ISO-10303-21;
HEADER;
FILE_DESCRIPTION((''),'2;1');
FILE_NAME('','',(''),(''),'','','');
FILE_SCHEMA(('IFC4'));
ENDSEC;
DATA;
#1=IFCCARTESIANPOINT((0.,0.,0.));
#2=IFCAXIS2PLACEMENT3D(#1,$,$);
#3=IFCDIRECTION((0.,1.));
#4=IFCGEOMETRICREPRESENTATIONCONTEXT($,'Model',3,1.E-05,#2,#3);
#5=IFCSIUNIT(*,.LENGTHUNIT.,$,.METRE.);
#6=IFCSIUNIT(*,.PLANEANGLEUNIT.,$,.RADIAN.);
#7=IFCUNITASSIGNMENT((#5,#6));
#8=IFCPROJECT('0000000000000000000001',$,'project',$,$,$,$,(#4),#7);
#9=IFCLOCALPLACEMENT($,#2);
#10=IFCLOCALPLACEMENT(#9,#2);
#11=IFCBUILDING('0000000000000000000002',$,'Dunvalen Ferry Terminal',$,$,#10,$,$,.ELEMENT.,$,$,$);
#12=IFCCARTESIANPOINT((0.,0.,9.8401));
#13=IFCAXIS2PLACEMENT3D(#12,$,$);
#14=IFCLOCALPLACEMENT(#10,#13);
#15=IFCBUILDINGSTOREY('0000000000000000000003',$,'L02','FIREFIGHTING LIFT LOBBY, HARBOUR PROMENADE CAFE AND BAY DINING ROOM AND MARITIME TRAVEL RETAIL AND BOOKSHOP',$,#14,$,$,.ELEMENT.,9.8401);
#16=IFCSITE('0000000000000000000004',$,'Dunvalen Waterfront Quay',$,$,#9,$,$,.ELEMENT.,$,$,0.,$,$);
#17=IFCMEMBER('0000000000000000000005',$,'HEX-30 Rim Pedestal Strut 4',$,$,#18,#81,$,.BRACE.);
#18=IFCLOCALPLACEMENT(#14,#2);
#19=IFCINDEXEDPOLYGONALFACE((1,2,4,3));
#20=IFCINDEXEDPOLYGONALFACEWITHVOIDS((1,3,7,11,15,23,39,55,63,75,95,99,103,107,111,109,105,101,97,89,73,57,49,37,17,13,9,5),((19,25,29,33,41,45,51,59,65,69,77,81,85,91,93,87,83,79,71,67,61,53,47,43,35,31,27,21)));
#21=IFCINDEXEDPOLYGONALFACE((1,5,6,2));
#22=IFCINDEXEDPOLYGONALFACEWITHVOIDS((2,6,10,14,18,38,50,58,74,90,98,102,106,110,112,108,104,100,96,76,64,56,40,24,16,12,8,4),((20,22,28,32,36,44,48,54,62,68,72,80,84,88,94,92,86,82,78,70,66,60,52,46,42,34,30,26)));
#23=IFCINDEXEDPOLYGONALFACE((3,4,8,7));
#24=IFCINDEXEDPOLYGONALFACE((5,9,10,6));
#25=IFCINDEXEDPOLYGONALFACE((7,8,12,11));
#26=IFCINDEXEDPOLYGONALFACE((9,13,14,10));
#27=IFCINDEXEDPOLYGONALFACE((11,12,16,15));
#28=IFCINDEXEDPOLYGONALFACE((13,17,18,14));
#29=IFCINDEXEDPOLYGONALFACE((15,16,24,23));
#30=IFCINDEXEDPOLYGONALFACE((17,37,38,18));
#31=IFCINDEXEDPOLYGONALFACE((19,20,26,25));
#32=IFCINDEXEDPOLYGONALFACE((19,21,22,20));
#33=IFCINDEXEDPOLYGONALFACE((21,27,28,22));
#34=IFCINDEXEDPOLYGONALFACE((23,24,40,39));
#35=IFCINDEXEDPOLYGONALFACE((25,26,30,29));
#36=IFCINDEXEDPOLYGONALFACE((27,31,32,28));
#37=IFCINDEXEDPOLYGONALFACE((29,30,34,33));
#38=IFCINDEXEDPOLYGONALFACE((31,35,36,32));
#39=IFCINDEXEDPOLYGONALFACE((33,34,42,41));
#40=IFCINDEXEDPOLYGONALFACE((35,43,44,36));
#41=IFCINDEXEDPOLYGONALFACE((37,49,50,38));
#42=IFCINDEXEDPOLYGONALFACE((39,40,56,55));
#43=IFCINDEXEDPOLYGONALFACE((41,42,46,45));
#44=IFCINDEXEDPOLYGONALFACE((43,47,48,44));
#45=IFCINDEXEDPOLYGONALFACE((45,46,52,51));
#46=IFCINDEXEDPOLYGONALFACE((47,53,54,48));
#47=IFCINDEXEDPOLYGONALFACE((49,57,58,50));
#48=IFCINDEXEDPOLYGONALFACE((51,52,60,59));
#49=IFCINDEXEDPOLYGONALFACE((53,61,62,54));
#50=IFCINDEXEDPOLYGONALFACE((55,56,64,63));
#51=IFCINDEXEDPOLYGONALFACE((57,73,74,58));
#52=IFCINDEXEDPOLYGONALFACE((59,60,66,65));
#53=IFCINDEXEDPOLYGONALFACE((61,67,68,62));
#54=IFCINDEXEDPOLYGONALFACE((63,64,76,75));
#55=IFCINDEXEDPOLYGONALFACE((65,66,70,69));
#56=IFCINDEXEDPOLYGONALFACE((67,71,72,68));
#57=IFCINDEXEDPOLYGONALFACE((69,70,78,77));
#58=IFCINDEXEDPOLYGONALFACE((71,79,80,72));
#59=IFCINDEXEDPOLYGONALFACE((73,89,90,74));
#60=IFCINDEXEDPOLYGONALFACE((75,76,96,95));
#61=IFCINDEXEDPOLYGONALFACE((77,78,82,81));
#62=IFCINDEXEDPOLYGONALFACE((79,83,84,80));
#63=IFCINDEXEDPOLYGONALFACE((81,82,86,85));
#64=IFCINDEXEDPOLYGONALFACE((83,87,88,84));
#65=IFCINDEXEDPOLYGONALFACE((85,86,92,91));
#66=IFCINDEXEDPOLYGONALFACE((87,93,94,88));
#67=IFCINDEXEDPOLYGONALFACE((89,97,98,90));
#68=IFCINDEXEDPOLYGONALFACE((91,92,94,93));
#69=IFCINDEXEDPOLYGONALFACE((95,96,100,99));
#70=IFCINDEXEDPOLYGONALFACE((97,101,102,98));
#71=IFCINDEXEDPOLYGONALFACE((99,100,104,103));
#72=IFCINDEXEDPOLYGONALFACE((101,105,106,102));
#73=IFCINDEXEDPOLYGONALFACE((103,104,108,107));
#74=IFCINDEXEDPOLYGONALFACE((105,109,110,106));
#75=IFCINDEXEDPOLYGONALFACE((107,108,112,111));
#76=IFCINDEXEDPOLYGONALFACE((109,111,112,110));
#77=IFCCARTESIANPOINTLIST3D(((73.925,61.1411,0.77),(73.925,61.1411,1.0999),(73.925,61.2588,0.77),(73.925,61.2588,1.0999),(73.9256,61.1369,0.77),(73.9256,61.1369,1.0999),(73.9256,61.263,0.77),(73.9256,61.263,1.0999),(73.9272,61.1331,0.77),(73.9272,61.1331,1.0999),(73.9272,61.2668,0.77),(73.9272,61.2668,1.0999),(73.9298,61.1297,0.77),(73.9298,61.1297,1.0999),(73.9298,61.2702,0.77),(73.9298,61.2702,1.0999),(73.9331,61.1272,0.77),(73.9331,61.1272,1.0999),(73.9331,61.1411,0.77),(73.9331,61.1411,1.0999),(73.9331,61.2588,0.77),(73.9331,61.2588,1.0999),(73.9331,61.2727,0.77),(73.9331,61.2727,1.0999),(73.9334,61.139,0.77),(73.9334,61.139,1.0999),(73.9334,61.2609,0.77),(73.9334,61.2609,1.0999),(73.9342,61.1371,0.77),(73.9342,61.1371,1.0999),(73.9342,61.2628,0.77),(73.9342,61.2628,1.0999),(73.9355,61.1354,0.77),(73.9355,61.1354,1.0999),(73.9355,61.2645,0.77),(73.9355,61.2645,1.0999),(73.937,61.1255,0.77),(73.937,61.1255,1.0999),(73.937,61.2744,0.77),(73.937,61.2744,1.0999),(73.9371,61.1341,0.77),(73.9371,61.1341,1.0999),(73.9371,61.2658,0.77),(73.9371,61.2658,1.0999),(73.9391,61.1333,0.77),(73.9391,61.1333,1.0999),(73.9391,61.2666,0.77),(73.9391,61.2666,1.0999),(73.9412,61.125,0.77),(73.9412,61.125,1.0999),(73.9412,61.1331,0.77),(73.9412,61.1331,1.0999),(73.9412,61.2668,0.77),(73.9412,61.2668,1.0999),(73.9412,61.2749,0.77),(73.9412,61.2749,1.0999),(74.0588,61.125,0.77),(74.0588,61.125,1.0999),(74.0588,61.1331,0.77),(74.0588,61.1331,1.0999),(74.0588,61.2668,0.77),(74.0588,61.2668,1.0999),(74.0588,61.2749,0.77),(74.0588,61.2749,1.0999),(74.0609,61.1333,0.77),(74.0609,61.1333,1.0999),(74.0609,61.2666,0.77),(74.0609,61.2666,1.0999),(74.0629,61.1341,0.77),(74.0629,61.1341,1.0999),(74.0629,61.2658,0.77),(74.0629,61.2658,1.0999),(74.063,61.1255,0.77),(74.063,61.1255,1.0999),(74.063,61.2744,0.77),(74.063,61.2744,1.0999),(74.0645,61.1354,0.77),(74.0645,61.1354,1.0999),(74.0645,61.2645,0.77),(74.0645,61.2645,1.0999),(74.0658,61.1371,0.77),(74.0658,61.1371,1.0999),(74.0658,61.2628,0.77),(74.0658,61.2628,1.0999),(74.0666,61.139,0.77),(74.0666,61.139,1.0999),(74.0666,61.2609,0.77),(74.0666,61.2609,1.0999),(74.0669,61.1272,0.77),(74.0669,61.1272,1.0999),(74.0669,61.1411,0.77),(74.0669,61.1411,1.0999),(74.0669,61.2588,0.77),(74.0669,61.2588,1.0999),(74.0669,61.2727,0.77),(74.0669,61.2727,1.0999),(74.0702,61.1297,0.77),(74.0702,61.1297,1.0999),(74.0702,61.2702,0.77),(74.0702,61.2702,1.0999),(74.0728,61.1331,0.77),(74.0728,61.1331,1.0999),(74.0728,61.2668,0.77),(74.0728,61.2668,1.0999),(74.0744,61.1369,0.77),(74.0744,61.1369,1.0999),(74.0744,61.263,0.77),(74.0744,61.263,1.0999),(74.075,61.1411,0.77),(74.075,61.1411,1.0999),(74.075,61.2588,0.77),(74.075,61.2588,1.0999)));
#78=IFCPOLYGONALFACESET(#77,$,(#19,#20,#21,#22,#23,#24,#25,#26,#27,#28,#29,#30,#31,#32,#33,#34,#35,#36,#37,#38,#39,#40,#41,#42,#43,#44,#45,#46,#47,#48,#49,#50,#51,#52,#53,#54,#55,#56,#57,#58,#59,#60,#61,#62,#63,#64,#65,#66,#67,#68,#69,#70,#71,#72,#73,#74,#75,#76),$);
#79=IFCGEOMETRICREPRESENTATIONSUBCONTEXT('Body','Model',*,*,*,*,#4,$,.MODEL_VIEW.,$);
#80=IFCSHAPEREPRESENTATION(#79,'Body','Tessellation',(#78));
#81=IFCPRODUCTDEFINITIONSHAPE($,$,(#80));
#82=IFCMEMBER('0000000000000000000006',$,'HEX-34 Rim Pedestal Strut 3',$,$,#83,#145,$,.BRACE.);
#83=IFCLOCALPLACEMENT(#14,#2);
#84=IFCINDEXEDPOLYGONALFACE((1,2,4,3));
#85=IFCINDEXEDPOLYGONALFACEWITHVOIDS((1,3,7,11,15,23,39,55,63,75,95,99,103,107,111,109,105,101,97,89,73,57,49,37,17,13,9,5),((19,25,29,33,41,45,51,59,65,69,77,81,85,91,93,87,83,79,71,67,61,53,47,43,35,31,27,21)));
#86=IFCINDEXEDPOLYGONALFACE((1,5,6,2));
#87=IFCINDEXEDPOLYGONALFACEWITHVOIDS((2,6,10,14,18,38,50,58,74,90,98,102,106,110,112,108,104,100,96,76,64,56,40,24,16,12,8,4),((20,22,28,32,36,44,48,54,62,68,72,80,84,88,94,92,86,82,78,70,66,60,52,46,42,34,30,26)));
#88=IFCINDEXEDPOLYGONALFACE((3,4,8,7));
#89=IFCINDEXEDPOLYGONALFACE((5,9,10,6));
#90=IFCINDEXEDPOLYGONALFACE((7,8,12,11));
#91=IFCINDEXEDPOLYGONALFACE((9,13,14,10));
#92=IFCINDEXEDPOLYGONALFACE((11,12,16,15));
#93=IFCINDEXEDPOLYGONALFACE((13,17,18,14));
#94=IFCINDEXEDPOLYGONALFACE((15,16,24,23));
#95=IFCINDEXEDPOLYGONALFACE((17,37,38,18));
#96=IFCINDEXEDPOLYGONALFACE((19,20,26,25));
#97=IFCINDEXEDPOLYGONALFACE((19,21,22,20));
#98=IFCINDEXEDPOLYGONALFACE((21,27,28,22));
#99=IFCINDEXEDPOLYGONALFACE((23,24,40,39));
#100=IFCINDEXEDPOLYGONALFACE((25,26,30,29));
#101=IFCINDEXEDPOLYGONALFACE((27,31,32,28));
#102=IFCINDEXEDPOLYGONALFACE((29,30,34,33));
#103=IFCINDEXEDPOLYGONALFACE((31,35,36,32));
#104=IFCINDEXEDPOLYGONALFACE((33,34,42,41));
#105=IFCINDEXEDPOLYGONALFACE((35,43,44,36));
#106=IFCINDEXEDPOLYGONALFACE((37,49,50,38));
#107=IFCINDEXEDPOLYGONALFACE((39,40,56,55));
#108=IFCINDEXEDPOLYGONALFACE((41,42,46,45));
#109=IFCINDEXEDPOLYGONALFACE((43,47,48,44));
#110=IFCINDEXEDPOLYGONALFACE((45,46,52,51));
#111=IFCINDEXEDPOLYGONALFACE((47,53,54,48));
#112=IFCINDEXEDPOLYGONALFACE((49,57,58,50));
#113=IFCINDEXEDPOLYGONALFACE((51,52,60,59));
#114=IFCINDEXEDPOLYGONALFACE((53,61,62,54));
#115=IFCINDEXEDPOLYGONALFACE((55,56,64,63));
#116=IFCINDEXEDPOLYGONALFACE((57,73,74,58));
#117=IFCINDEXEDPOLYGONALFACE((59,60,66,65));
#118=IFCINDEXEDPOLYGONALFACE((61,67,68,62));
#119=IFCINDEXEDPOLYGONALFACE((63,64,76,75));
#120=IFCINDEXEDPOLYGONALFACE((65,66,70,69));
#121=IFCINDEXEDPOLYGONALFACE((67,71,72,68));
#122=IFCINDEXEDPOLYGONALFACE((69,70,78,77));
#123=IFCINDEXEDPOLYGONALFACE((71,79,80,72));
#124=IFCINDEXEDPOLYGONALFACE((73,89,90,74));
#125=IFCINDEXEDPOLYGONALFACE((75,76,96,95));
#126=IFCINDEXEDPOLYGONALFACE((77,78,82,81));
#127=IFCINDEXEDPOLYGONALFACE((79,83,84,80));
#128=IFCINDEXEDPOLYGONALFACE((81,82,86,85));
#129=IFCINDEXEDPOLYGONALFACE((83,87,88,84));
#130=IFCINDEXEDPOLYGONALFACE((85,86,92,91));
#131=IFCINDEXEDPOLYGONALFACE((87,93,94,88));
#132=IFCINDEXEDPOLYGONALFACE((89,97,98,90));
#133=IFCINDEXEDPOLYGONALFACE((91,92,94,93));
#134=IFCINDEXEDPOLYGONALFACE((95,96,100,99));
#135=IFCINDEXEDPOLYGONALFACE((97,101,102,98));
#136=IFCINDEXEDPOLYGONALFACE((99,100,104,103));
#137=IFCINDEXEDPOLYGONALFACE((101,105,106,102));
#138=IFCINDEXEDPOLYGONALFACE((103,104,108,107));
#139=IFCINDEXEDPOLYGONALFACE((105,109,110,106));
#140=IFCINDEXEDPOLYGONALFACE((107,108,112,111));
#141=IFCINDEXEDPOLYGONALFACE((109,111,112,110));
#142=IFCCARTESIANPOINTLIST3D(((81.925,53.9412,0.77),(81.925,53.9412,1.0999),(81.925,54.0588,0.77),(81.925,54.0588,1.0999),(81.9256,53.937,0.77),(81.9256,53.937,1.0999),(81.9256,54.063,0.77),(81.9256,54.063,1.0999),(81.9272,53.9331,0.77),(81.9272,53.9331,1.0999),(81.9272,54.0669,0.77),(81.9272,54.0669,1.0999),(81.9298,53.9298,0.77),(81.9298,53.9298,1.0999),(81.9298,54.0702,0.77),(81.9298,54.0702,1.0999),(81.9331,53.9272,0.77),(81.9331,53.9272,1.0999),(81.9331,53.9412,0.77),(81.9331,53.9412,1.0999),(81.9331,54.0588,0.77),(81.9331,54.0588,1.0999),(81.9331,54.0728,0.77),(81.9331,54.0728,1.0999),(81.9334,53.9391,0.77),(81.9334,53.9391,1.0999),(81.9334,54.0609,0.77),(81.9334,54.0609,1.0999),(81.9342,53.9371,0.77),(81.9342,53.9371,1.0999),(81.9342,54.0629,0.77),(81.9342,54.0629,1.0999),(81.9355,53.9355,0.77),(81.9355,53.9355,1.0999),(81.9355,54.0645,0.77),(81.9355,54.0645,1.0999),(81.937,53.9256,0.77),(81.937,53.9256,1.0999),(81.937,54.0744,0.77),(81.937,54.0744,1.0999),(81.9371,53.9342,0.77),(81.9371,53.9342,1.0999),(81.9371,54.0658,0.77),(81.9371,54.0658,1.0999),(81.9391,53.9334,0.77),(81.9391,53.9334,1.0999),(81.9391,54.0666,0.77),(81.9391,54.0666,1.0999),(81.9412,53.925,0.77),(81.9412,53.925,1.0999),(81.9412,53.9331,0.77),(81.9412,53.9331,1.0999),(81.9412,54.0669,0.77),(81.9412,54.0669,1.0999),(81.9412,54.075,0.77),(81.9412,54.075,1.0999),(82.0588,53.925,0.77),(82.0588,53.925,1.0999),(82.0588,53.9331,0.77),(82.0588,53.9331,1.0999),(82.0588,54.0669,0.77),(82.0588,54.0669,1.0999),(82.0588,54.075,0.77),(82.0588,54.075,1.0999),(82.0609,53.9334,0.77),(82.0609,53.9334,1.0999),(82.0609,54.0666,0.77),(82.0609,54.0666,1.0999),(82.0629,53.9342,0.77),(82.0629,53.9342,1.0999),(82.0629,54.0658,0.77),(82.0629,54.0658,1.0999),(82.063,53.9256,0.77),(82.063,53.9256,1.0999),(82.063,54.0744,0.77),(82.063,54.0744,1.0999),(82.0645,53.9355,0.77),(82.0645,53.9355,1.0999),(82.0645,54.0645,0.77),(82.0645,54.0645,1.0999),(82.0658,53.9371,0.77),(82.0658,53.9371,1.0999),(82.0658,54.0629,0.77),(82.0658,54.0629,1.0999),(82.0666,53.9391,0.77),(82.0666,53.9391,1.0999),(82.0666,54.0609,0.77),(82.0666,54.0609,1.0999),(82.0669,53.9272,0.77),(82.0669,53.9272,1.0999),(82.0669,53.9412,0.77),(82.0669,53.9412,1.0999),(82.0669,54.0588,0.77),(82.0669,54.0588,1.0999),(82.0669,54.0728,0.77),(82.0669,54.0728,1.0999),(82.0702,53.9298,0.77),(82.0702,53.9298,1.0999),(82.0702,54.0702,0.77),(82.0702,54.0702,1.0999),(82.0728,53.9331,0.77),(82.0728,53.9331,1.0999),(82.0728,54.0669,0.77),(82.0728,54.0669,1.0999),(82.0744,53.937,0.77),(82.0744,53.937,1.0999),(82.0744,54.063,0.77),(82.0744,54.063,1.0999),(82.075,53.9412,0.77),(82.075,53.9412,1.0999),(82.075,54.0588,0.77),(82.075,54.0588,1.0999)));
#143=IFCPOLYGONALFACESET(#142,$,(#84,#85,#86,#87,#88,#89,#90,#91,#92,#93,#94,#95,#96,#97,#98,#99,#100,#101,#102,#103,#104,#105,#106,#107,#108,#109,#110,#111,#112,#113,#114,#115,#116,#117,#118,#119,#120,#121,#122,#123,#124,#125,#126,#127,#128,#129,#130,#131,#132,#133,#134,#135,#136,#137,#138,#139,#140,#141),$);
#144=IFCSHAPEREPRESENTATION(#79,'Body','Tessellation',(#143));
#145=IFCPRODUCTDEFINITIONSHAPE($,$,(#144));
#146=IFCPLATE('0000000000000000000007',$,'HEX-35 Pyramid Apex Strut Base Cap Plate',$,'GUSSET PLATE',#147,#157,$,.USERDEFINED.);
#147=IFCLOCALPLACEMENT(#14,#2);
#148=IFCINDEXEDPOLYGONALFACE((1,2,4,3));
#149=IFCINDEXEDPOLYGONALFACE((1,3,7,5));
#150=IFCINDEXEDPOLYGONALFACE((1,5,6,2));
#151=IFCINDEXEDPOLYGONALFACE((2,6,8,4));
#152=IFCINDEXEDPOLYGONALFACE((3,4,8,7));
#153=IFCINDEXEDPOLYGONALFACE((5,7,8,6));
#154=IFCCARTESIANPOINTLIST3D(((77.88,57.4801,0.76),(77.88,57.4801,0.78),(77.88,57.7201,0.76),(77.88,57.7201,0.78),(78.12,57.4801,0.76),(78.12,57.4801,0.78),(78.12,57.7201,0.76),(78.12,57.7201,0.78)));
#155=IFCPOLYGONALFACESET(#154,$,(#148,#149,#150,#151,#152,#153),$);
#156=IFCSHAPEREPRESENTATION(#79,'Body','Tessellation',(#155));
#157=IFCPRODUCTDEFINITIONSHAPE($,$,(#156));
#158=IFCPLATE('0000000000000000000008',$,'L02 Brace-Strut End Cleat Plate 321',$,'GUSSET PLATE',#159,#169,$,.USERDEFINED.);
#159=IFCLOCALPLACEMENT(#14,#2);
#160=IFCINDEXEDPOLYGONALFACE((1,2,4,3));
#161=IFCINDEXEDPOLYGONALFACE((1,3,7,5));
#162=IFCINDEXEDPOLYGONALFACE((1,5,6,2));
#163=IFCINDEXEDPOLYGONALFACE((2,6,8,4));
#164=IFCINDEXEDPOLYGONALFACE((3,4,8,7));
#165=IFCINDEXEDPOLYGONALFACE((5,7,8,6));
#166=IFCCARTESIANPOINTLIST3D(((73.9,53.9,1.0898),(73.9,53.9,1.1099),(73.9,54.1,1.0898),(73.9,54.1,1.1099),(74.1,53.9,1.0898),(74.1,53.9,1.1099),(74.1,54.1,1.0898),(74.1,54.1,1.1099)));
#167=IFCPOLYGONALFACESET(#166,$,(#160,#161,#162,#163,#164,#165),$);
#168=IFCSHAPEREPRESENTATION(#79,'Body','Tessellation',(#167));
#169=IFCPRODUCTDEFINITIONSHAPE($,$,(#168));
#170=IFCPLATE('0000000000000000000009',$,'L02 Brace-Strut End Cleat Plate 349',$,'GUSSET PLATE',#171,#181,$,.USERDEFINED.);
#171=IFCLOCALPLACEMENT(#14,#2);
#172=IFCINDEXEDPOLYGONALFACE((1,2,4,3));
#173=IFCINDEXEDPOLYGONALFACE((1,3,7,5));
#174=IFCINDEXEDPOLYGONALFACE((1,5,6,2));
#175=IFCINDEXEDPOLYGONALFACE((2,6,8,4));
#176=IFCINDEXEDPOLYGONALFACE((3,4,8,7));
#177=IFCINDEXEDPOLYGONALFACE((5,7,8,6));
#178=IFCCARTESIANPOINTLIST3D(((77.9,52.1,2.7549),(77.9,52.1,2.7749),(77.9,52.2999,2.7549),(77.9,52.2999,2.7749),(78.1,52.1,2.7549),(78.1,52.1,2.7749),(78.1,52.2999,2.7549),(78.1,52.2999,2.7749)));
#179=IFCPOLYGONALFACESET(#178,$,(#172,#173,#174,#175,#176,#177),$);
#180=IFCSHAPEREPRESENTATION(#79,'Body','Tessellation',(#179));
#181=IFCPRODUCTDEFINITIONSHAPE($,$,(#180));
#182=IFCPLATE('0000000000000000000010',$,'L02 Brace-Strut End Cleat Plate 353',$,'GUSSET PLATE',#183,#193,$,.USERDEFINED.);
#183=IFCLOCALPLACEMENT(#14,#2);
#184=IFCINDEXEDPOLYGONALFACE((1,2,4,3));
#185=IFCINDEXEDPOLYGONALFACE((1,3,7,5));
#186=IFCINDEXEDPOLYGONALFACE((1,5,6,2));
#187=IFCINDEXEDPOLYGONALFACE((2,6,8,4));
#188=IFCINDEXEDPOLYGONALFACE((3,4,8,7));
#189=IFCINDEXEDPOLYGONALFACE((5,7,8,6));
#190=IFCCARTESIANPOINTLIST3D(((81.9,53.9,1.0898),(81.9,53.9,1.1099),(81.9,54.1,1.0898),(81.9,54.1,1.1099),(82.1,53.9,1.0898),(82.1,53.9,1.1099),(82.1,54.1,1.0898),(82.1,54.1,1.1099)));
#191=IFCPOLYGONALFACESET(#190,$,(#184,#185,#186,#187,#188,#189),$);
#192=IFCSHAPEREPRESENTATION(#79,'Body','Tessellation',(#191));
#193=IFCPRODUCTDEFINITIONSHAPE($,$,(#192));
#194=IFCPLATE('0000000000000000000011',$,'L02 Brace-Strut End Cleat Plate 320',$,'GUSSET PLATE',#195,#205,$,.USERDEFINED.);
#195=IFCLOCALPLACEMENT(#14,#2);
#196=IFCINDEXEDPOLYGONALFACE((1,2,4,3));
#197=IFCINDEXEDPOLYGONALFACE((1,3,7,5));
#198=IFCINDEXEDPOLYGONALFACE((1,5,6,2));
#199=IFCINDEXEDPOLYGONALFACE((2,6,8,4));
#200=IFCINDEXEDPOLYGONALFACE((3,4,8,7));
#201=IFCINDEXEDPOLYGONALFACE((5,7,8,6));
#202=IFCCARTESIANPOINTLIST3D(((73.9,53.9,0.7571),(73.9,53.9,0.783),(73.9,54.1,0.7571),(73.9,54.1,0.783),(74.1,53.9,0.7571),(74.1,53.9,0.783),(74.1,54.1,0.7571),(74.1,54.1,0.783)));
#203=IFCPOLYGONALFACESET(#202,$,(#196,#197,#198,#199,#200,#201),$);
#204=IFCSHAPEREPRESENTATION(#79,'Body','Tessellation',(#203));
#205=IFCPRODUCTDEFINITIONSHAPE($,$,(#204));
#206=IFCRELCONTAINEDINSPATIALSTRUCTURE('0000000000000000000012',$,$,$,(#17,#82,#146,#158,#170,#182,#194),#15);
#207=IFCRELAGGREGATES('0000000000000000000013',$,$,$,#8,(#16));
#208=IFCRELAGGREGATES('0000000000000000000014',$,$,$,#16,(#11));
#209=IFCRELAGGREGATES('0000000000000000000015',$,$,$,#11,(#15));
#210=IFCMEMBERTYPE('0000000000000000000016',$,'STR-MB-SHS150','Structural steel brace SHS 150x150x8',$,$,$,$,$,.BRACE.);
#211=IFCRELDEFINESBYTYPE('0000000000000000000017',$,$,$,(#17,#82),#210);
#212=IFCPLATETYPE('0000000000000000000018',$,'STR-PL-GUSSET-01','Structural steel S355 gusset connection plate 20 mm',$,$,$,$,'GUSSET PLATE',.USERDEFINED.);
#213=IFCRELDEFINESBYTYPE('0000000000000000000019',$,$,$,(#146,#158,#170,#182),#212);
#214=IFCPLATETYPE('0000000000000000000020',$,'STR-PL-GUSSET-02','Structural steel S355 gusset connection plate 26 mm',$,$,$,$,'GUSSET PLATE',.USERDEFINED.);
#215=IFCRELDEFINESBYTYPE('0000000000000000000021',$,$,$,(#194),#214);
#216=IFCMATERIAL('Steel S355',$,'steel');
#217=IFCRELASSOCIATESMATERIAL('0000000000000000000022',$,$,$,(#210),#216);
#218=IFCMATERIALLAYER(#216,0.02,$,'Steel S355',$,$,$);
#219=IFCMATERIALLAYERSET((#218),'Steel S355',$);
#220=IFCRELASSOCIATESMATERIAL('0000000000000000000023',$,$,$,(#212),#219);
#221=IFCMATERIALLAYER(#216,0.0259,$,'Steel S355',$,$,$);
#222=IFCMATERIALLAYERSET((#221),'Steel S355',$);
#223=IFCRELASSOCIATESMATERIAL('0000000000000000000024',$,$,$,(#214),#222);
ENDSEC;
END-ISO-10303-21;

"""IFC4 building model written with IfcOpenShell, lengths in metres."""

from ifc_helpers import new_model, si_unit, direction, frame, origin, origin_2d, place, context, subcontext, project, spatial, rectangle, hollow_rectangle, extrude, material, layer, layer_set, material_profile, profile_set, type_object, element, save


model = new_model("IFC4")

# Units and contexts
model_context = context("Model", 3, precision=1e-05, world=origin(), true_north=direction((0.0, 1.0)))
body_context = subcontext(model_context, "Body", "Model", "MODEL_VIEW")
ifc_project = project(units=[si_unit("LENGTHUNIT", "METRE"), si_unit("PLANEANGLEUNIT", "RADIAN")], contexts=[model_context])

# Site, building, storey
site_placement = place(None, origin())
site = spatial("IfcSite", under=ifc_project, at=site_placement, Name="Dunvalen Waterfront Quay", CompositionType="ELEMENT", RefElevation=0.0)
building_placement = place(site_placement, origin())
building = spatial("IfcBuilding", under=site, at=building_placement, Name="Dunvalen Ferry Terminal", CompositionType="ELEMENT")
storey_placement = place(building_placement, frame((0.0, 0.0, 9.8401)))
storey = spatial("IfcBuildingStorey", under=building, at=storey_placement, Name="L02", Description="FIREFIGHTING LIFT LOBBY, HARBOUR PROMENADE CAFE AND BAY DINING ROOM AND MARITIME TRAVEL RETAIL AND BOOKSHOP", CompositionType="ELEMENT", Elevation=9.8401)

# Shared definitions
ifc_material_1 = material(Name="Steel S355", Category="steel")

# Members
ifc_material_profile_1 = material_profile(ifc_material_1, hollow_rectangle(XDim=0.1499, YDim=0.1499, WallThickness=0.0081, InnerFilletRadius=0.0081, OuterFilletRadius=0.0161, at=origin_2d()), Name="Steel S355")
ifc_profile_set_1 = profile_set([ifc_material_profile_1], Name="Steel S355")
member_type_1 = type_object("IfcMemberType", Name="STR-MB-SHS150", Description="Structural steel brace SHS 150x150x8", PredefinedType="BRACE", material=ifc_profile_set_1)
for number, where, z_axis, x_axis, name in (
    (1, (74.0, 61.2, 0.77), (0.0, 0.0, 1.0), (1.0, 0.0, 0.0), "HEX-30 Rim Pedestal Strut 4"),
    (2, (82.0, 54.0, 0.77), (0.0, 0.0, 1.0), (1.0, 0.0, 0.0), "HEX-34 Rim Pedestal Strut 3"),
):
    element("IfcMember", number, at=place(storey_placement, frame(where, z_axis=z_axis, x_axis=x_axis)), inside=storey, type_object=member_type_1, Name=name, PredefinedType="BRACE", context=body_context, shape_type="SweptSolid", body=[
        extrude(hollow_rectangle(XDim=0.1499, YDim=0.1499, WallThickness=0.0081, InnerFilletRadius=0.0081, OuterFilletRadius=0.0161, at=origin_2d()), origin(), (0.0, 0.0, 1.0), 0.3298),
    ])

# Plates
ifc_layer_1 = layer(ifc_material_1, 0.02, Name="Steel S355")
ifc_layer_set_1 = layer_set([ifc_layer_1], Name="Steel S355")
plate_type_1 = type_object("IfcPlateType", Name="STR-PL-GUSSET-01", Description="Structural steel S355 gusset connection plate 20 mm", ElementType="GUSSET PLATE", PredefinedType="USERDEFINED", material=ifc_layer_set_1)
plate_placement = place(storey_placement, frame((78.0, 57.6001, 0.76), z_axis=(0.0, 0.0, 1.0), x_axis=(1.0, 0.0, 0.0)))
element("IfcPlate", 3, at=plate_placement, inside=storey, type_object=plate_type_1, Name="HEX-35 Pyramid Apex Strut Base Cap Plate", ObjectType="GUSSET PLATE", PredefinedType="USERDEFINED", context=body_context, shape_type="SweptSolid", body=[
    extrude(rectangle(XDim=0.24, YDim=0.24, at=origin_2d()), origin(), (0.0, 0.0, 1.0), 0.02),
])
for number, where, z_axis, x_axis, name in (
    (4, (74.0, 54.0, 1.0898), (0.0, 0.0, 1.0), (1.0, 0.0, 0.0), "L02 Brace-Strut End Cleat Plate 321"),
    (5, (78.0, 52.2, 2.7549), (0.0, 0.0, 1.0), (1.0, 0.0, 0.0), "L02 Brace-Strut End Cleat Plate 349"),
    (6, (82.0, 54.0, 1.0898), (0.0, 0.0, 1.0), (1.0, 0.0, 0.0), "L02 Brace-Strut End Cleat Plate 353"),
):
    element("IfcPlate", number, at=place(storey_placement, frame(where, z_axis=z_axis, x_axis=x_axis)), inside=storey, type_object=plate_type_1, Name=name, ObjectType="GUSSET PLATE", PredefinedType="USERDEFINED", context=body_context, shape_type="SweptSolid", body=[
        extrude(rectangle(XDim=0.2, YDim=0.2, at=origin_2d()), origin(), (0.0, 0.0, 1.0), 0.02),
    ])
ifc_layer_2 = layer(ifc_material_1, 0.0259, Name="Steel S355")
ifc_layer_set_2 = layer_set([ifc_layer_2], Name="Steel S355")
plate_type_2 = type_object("IfcPlateType", Name="STR-PL-GUSSET-02", Description="Structural steel S355 gusset connection plate 26 mm", ElementType="GUSSET PLATE", PredefinedType="USERDEFINED", material=ifc_layer_set_2)
for number, where, z_axis, x_axis, name in (
    (7, (74.0, 54.0, 0.7571), (0.0, 0.0, 1.0), (1.0, 0.0, 0.0), "L02 Brace-Strut End Cleat Plate 320"),
):
    element("IfcPlate", number, at=place(storey_placement, frame(where, z_axis=z_axis, x_axis=x_axis)), inside=storey, type_object=plate_type_2, Name=name, ObjectType="GUSSET PLATE", PredefinedType="USERDEFINED", context=body_context, shape_type="SweptSolid", body=[
        extrude(rectangle(XDim=0.2, YDim=0.2, at=origin_2d()), origin(), (0.0, 0.0, 1.0), 0.0259),
    ])

save(model, "model.ifc")
